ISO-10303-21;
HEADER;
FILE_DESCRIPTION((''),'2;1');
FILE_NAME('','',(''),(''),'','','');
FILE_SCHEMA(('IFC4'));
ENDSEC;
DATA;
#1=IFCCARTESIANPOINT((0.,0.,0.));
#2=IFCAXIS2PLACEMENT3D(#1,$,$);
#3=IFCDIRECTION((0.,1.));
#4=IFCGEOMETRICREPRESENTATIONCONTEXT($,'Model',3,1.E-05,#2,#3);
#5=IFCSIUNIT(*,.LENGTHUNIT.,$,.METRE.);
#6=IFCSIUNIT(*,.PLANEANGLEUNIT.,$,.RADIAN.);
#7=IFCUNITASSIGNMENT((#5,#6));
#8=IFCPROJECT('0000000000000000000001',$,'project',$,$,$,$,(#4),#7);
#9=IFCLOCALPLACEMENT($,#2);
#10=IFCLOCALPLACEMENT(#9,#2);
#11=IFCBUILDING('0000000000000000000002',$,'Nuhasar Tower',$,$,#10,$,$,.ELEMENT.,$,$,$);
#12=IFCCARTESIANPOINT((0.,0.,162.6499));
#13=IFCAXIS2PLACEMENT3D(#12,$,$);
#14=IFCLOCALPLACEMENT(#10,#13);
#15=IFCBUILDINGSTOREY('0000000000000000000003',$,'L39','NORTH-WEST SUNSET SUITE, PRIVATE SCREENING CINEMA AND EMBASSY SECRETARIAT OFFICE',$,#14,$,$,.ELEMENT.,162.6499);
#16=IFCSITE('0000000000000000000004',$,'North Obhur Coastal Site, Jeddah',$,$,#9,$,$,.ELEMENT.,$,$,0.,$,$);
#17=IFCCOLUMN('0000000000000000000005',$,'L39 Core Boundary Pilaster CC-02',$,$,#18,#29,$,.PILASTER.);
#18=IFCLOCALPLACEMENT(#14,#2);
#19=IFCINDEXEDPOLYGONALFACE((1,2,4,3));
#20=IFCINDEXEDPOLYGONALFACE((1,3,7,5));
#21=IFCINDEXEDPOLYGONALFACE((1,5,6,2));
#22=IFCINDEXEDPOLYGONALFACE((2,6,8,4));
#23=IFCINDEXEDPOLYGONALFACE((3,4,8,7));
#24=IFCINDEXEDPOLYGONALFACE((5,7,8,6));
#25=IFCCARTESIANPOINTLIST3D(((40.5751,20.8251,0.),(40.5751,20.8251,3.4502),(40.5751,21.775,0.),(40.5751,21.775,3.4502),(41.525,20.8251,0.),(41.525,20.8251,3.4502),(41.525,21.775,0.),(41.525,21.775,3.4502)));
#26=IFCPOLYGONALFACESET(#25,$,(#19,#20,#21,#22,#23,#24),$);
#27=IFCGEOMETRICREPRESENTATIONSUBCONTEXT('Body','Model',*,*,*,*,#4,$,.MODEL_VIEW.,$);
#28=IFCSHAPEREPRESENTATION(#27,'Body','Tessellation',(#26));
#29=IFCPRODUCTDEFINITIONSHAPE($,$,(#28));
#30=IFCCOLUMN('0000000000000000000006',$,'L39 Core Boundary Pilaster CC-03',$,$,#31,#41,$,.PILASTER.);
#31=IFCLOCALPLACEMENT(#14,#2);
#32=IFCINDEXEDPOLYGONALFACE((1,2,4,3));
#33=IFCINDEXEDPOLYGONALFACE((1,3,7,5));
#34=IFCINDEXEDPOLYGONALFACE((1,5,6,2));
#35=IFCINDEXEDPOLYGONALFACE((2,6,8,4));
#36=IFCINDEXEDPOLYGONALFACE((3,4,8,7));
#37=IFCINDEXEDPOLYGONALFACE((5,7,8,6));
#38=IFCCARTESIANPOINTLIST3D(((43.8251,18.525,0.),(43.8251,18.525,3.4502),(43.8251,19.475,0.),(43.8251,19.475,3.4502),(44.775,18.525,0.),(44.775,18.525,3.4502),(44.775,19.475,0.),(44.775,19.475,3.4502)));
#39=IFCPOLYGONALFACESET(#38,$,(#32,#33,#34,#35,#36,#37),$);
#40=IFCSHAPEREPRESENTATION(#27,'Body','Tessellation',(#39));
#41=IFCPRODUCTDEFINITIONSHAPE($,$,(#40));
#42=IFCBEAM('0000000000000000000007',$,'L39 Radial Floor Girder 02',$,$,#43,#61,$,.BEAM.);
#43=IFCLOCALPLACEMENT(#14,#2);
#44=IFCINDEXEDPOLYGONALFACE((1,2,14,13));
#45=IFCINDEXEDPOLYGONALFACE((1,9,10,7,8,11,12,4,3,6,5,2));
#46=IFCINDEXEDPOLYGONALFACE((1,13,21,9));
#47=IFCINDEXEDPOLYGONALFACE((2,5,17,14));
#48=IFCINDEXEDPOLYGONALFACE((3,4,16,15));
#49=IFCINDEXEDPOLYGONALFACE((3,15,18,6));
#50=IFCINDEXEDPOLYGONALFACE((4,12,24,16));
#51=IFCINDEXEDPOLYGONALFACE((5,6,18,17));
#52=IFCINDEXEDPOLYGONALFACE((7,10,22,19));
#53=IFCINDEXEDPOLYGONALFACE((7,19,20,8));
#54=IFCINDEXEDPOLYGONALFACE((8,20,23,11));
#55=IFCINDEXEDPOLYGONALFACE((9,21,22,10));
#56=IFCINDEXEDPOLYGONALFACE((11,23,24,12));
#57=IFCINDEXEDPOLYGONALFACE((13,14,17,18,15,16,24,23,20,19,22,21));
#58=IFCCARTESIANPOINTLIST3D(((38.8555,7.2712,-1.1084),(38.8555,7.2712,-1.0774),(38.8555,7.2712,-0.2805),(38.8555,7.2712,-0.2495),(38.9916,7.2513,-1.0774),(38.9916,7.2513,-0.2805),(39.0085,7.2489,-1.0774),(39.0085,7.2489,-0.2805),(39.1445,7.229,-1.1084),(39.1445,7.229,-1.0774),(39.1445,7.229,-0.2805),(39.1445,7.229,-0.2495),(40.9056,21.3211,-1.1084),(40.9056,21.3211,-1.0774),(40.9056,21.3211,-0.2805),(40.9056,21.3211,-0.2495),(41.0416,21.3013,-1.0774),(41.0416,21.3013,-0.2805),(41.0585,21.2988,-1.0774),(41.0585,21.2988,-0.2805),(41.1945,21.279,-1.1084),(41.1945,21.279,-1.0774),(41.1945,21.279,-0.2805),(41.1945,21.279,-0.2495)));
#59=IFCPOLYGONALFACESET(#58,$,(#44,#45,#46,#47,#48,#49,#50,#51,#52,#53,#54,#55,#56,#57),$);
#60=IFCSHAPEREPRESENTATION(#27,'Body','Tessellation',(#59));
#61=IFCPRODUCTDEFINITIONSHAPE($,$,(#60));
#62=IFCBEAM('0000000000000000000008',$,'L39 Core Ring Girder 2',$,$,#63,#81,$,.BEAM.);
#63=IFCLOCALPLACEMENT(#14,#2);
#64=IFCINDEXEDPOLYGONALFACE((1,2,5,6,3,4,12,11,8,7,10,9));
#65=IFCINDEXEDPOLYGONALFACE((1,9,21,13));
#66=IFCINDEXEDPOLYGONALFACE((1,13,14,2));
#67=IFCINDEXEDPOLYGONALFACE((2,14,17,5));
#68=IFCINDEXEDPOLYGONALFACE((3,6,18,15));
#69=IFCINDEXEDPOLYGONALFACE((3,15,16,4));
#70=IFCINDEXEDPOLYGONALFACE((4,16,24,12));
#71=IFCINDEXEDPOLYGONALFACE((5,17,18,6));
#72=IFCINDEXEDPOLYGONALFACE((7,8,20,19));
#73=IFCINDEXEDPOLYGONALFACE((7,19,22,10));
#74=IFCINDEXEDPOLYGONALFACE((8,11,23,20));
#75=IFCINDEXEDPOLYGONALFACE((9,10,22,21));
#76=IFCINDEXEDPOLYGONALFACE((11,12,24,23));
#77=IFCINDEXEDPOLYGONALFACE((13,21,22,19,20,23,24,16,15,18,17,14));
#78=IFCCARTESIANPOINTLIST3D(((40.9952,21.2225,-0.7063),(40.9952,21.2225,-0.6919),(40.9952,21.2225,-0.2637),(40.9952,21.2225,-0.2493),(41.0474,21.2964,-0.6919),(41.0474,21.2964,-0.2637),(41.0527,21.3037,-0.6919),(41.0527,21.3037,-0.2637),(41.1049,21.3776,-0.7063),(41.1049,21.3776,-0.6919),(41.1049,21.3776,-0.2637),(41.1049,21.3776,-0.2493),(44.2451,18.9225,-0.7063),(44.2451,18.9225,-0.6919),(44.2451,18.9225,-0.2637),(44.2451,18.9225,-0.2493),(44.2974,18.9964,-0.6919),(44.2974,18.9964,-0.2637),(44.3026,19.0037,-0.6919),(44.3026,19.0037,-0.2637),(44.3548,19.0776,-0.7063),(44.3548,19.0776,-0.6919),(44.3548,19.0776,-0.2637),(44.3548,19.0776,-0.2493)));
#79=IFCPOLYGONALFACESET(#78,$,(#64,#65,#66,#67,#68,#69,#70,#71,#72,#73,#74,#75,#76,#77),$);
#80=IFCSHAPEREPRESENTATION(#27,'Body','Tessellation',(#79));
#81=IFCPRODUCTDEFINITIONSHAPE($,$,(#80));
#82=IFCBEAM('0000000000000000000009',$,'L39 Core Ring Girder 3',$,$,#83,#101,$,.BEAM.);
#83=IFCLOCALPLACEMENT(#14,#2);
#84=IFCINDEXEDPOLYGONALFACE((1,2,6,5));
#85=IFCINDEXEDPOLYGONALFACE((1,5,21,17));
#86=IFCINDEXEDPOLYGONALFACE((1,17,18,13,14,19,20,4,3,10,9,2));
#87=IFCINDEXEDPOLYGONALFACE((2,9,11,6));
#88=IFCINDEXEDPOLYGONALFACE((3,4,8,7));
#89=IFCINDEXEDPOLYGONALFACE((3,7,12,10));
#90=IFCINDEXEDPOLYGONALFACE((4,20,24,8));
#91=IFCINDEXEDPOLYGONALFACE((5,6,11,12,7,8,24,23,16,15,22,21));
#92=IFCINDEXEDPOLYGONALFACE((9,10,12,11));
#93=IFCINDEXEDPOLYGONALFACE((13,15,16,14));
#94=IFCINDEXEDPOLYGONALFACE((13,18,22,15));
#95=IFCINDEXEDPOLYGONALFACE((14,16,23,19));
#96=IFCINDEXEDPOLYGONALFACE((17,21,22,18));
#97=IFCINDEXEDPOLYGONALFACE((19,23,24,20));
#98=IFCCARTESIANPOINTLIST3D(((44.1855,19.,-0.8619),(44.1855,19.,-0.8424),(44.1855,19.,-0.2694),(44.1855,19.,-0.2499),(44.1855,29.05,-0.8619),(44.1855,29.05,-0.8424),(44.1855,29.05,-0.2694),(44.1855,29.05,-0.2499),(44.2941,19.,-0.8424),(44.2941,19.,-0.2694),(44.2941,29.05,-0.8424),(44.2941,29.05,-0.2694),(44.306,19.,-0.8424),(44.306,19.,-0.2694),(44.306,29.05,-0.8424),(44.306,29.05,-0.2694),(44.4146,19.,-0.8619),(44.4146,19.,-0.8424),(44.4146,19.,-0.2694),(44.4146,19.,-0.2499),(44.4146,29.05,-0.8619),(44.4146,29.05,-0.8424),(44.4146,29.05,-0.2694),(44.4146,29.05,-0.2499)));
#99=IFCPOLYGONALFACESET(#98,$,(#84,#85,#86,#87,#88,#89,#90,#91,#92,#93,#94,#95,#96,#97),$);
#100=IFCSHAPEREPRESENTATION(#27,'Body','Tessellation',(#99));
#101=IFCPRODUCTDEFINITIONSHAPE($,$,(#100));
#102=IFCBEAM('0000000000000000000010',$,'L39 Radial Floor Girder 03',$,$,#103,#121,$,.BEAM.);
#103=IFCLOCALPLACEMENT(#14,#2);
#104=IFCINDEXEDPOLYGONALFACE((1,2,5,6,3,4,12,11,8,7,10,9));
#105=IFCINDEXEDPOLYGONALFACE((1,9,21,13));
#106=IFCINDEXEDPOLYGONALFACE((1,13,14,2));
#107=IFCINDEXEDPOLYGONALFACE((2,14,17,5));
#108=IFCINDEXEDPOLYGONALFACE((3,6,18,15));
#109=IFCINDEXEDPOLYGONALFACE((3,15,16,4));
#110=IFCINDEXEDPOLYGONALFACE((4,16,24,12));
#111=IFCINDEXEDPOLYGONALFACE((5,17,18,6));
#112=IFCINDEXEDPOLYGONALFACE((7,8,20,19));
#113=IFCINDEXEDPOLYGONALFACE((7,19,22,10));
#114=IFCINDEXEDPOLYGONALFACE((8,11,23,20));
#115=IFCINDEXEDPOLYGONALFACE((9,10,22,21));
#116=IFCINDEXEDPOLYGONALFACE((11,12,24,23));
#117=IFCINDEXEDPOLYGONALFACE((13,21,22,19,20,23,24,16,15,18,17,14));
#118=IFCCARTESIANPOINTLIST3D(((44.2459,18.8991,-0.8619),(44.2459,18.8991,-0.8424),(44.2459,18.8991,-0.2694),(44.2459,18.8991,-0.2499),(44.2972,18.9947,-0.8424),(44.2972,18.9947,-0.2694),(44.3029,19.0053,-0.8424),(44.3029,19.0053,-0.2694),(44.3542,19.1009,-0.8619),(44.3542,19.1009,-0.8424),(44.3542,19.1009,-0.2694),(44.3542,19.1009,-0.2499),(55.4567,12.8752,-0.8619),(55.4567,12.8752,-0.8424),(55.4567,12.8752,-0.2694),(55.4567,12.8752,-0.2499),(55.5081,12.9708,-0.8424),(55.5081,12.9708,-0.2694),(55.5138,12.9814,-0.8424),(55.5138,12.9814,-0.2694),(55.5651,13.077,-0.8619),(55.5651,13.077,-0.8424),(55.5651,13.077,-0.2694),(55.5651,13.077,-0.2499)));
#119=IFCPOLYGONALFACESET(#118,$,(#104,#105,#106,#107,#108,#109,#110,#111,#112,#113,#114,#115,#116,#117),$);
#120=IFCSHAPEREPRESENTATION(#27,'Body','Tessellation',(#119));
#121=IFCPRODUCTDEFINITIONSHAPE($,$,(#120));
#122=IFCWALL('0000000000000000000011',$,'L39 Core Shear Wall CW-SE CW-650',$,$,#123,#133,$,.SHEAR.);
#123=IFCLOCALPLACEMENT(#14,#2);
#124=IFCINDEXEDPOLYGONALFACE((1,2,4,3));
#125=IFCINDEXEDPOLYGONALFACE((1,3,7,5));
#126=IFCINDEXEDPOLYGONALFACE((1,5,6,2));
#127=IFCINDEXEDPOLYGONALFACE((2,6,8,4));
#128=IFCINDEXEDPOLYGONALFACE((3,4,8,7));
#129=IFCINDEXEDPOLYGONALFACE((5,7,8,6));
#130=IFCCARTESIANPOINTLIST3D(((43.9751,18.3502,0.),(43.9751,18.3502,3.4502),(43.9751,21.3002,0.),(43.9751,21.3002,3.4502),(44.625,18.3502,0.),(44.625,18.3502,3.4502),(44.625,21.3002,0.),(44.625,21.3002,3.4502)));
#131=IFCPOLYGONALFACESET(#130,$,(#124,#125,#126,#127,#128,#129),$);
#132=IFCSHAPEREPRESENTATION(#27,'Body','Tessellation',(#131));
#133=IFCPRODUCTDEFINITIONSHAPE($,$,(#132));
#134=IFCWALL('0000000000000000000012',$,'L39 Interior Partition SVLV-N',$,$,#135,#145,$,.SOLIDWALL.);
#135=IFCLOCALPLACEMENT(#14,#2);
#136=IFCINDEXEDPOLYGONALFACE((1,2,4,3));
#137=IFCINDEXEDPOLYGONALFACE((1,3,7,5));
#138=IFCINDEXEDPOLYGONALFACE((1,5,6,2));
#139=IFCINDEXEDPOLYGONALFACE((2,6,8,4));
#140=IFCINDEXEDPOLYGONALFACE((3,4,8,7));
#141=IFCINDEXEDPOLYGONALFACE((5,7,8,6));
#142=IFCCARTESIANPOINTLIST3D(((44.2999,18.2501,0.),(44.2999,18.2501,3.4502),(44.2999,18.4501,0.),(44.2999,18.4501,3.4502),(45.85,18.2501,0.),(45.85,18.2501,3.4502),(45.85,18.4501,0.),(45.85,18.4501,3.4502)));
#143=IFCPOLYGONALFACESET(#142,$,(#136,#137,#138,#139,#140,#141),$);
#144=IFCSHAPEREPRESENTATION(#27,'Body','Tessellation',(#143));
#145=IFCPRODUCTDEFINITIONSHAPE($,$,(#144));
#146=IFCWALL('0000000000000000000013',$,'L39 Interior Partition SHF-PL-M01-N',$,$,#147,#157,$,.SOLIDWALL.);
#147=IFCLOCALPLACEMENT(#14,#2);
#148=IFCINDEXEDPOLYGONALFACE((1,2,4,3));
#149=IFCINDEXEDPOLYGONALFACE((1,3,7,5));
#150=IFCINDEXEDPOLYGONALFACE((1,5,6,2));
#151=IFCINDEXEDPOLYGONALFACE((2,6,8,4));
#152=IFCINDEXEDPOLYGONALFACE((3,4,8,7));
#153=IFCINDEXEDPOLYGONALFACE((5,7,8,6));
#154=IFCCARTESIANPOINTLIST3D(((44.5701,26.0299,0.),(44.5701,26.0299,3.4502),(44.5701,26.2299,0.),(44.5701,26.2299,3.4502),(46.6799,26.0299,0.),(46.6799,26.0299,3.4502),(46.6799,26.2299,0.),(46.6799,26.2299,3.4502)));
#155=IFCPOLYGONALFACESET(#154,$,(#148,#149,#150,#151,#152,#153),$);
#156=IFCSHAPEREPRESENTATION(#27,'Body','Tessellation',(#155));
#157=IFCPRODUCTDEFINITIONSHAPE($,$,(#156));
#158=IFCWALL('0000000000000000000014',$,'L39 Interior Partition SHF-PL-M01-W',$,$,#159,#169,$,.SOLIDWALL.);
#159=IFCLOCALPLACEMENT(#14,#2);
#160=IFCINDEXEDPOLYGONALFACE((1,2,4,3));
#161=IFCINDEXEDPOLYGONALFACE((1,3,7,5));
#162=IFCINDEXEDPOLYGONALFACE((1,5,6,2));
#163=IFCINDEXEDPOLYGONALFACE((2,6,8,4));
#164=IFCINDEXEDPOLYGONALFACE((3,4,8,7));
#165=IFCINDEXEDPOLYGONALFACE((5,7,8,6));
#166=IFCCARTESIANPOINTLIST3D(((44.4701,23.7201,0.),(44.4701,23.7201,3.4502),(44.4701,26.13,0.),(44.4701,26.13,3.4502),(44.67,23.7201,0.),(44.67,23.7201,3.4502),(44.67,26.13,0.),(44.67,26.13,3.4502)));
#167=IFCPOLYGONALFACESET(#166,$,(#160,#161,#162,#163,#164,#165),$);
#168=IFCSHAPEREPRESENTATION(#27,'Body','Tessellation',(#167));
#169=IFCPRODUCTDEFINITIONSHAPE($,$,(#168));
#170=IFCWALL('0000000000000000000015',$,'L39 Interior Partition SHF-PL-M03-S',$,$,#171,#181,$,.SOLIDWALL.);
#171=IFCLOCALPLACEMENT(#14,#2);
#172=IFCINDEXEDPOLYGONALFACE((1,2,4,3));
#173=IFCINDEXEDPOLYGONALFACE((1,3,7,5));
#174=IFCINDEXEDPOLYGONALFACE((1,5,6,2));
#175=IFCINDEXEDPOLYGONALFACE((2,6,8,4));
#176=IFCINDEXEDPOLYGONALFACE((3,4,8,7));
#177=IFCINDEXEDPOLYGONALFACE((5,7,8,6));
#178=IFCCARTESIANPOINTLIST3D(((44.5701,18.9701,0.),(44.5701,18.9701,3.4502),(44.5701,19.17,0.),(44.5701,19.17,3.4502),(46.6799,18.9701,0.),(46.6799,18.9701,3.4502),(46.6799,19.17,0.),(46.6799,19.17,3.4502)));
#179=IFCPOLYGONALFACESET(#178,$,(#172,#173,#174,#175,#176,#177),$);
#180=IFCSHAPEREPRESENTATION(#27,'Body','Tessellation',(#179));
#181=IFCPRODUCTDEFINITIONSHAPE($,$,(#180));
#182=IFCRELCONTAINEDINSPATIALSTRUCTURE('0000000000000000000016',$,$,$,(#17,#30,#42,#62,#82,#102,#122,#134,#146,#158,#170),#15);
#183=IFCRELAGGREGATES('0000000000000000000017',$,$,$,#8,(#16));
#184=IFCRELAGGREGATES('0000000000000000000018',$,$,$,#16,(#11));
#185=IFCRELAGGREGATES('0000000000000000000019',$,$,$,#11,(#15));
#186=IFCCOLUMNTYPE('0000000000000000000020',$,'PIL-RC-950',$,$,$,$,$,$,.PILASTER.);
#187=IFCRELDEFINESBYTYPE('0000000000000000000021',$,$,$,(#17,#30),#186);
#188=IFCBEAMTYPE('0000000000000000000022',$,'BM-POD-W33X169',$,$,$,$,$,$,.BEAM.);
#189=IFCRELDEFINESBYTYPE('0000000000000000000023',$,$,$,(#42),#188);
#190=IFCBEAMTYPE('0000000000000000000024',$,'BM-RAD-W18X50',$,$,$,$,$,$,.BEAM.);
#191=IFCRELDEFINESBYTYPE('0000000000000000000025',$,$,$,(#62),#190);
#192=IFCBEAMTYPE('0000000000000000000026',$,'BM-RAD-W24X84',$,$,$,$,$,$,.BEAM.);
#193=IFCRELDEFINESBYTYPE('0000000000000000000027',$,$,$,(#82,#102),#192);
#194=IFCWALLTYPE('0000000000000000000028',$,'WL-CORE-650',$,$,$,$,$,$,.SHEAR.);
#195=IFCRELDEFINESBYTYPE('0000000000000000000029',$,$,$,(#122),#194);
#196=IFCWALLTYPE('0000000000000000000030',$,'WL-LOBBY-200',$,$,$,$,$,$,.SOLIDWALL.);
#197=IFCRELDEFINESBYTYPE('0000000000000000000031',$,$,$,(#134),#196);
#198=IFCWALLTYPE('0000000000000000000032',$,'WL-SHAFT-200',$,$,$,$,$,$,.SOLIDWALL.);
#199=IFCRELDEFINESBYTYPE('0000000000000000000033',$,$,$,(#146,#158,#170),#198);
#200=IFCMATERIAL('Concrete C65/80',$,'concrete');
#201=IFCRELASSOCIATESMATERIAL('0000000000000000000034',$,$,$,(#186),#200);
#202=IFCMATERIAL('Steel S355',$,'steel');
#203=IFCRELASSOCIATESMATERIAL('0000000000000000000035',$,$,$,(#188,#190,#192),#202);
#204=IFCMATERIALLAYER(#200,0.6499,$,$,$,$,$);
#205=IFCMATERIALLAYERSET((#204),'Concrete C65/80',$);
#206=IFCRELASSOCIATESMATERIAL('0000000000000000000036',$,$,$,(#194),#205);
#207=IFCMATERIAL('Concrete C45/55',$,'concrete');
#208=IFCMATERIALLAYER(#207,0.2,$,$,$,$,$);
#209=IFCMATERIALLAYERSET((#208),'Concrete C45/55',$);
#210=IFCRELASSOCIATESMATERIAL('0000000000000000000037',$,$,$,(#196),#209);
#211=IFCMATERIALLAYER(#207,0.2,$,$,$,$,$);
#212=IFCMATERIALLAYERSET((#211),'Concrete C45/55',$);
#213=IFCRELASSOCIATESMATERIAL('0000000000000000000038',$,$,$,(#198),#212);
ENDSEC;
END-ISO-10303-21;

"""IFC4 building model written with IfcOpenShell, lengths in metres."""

from ifc_helpers import new_model, si_unit, direction, frame, frame_2d, origin, origin_2d, place, context, subcontext, project, spatial, rectangle, i_section, extrude, material, layer, layer_set, material_profile, profile_set, type_object, element, save


model = new_model("IFC4")

# Units and contexts
model_context = context("Model", 3, precision=1e-05, world=origin(), true_north=direction((0.0, 1.0)))
body_context = subcontext(model_context, "Body", "Model", "MODEL_VIEW")
ifc_project = project(units=[si_unit("LENGTHUNIT", "METRE"), si_unit("PLANEANGLEUNIT", "RADIAN")], contexts=[model_context])

# Site, building, storey
site_placement = place(None, origin())
site = spatial("IfcSite", under=ifc_project, at=site_placement, Name="North Obhur Coastal Site, Jeddah", CompositionType="ELEMENT", RefElevation=0.0)
building_placement = place(site_placement, origin())
building = spatial("IfcBuilding", under=site, at=building_placement, Name="Nuhasar Tower", CompositionType="ELEMENT")
storey_placement = place(building_placement, frame((0.0, 0.0, 162.6499)))
storey = spatial("IfcBuildingStorey", under=building, at=storey_placement, Name="L39", Description="NORTH-WEST SUNSET SUITE, PRIVATE SCREENING CINEMA AND EMBASSY SECRETARIAT OFFICE", CompositionType="ELEMENT", Elevation=162.6499)

# Columns
ifc_material_1 = material(Name="Concrete C65/80", Category="concrete")
ifc_material_profile_1 = material_profile(ifc_material_1, rectangle(XDim=0.95, YDim=0.95, at=origin_2d()), Name="RC950X950")
ifc_profile_set_1 = profile_set([ifc_material_profile_1], Name="Concrete C65/80")
column_type = type_object("IfcColumnType", Name="PIL-RC-950", PredefinedType="PILASTER", material=ifc_profile_set_1)
for number, where, z_axis, x_axis, name in (
    (1, (41.05, 21.3, 0.0), (0.0, 0.0, 1.0), (1.0, 0.0, 0.0), "L39 Core Boundary Pilaster CC-02"),
    (2, (44.3, 19.0, 0.0), (0.0, 0.0, 1.0), (1.0, 0.0, 0.0), "L39 Core Boundary Pilaster CC-03"),
):
    element("IfcColumn", number, at=place(storey_placement, frame(where, z_axis=z_axis, x_axis=x_axis)), inside=storey, type_object=column_type, Name=name, PredefinedType="PILASTER", context=body_context, shape_type="SweptSolid", body=[
        extrude(rectangle(XDim=0.95, YDim=0.95, at=origin_2d()), origin(), (0.0, 0.0, 1.0), 3.4502),
    ])

# Beams
ifc_material_2 = material(Name="Steel S355", Category="steel")
ifc_material_profile_2 = material_profile(ifc_material_2, i_section(OverallWidth=0.292, OverallDepth=0.8589, WebThickness=0.0171, FlangeThickness=0.031, at=origin_2d()), Name="W33X169")
ifc_profile_set_2 = profile_set([ifc_material_profile_2], Name="Steel S355")
beam_type_1 = type_object("IfcBeamType", Name="BM-POD-W33X169", PredefinedType="BEAM", material=ifc_profile_set_2)
beam_1_placement = place(storey_placement, frame((41.05, 21.3, -0.679), z_axis=(-0.144382, -0.989522, 0.0), x_axis=(0.989522, -0.144382, 0.0)))
element("IfcBeam", 3, at=beam_1_placement, inside=storey, type_object=beam_type_1, Name="L39 Radial Floor Girder 02", PredefinedType="BEAM", context=body_context, shape_type="SweptSolid", body=[
    extrude(i_section(OverallWidth=0.292, OverallDepth=0.8589, WebThickness=0.0171, FlangeThickness=0.031, at=origin_2d()), origin(), (0.0, 0.0, 1.0), 14.1987),
])
ifc_material_profile_3 = material_profile(ifc_material_2, i_section(OverallWidth=0.1899, OverallDepth=0.457, WebThickness=0.009, FlangeThickness=0.0144, at=origin_2d()), Name="W18X50")
ifc_profile_set_3 = profile_set([ifc_material_profile_3], Name="Steel S355")
beam_type_2 = type_object("IfcBeamType", Name="BM-RAD-W18X50", PredefinedType="BEAM", material=ifc_profile_set_3)
beam_2_placement = place(storey_placement, frame((41.05, 21.3, -0.4778), z_axis=(0.816265, -0.577677, 0.0), x_axis=(0.577677, 0.816265, 0.0)))
element("IfcBeam", 4, at=beam_2_placement, inside=storey, type_object=beam_type_2, Name="L39 Core Ring Girder 2", PredefinedType="BEAM", context=body_context, shape_type="SweptSolid", body=[
    extrude(i_section(OverallWidth=0.1899, OverallDepth=0.457, WebThickness=0.009, FlangeThickness=0.0144, at=origin_2d()), origin(), (0.0, 0.0, 1.0), 3.9814),
])
ifc_material_profile_4 = material_profile(ifc_material_2, i_section(OverallWidth=0.229, OverallDepth=0.6121, WebThickness=0.012, FlangeThickness=0.0195, at=origin_2d()), Name="W24X84")
ifc_profile_set_4 = profile_set([ifc_material_profile_4], Name="Steel S355")
beam_type_3 = type_object("IfcBeamType", Name="BM-RAD-W24X84", PredefinedType="BEAM", material=ifc_profile_set_4)
beam_3_placement = place(storey_placement, frame((44.3, 19.0, -0.5559), z_axis=(0.0, 1.0, 0.0), x_axis=(-1.0, 0.0, 0.0)))
element("IfcBeam", 5, at=beam_3_placement, inside=storey, type_object=beam_type_3, Name="L39 Core Ring Girder 3", PredefinedType="BEAM", context=body_context, shape_type="SweptSolid", body=[
    extrude(i_section(OverallWidth=0.229, OverallDepth=0.6121, WebThickness=0.012, FlangeThickness=0.0195, at=origin_2d()), origin(), (0.0, 0.0, 1.0), 10.05),
])
beam_4_placement = place(storey_placement, frame((44.3, 19.0, -0.5559), z_axis=(0.880888, -0.473324, 0.0), x_axis=(0.473324, 0.880888, 0.0)))
element("IfcBeam", 6, at=beam_4_placement, inside=storey, type_object=beam_type_3, Name="L39 Radial Floor Girder 03", PredefinedType="BEAM", context=body_context, shape_type="SweptSolid", body=[
    extrude(i_section(OverallWidth=0.229, OverallDepth=0.6121, WebThickness=0.012, FlangeThickness=0.0195, at=origin_2d()), origin(), (0.0, 0.0, 1.0), 12.7268),
])

# Wall
ifc_layer_1 = layer(ifc_material_1, 0.6499)
ifc_layer_set_1 = layer_set([ifc_layer_1], Name="Concrete C65/80")
wall_type_1 = type_object("IfcWallType", Name="WL-CORE-650", PredefinedType="SHEAR", material=ifc_layer_set_1)
wall_1_placement = place(storey_placement, frame((44.3, 18.3501, 0.0), z_axis=(0.0, 0.0, 1.0), x_axis=(0.0, 1.0, 0.0)))
element("IfcWall", 7, at=wall_1_placement, inside=storey, type_object=wall_type_1, Name="L39 Core Shear Wall CW-SE CW-650", PredefinedType="SHEAR", context=body_context, shape_type="SweptSolid", body=[
    extrude(rectangle(XDim=2.95, YDim=0.6499, at=frame_2d((1.4751, 0.0))), origin(), (0.0, 0.0, 1.0), 3.4502),
])

# Shared definitions
ifc_material_3 = material(Name="Concrete C45/55", Category="concrete")
ifc_layer_2 = layer(ifc_material_3, 0.2)
ifc_layer_set_2 = layer_set([ifc_layer_2], Name="Concrete C45/55")
wall_type_2 = type_object("IfcWallType", Name="WL-LOBBY-200", PredefinedType="SOLIDWALL", material=ifc_layer_set_2)

# Wall
wall_2_placement = place(storey_placement, frame((44.3, 18.3501, 0.0), z_axis=(0.0, 0.0, 1.0), x_axis=(1.0, 0.0, 0.0)))
element("IfcWall", 8, at=wall_2_placement, inside=storey, type_object=wall_type_2, Name="L39 Interior Partition SVLV-N", PredefinedType="SOLIDWALL", context=body_context, shape_type="SweptSolid", body=[
    extrude(rectangle(XDim=1.55, YDim=0.2, at=frame_2d((0.7749, 0.0))), origin(), (0.0, 0.0, 1.0), 3.4502),
])

# Shared definitions
ifc_layer_3 = layer(ifc_material_3, 0.2)
ifc_layer_set_3 = layer_set([ifc_layer_3], Name="Concrete C45/55")
wall_type_3 = type_object("IfcWallType", Name="WL-SHAFT-200", PredefinedType="SOLIDWALL", material=ifc_layer_set_3)

# Walls
wall_3_placement = place(storey_placement, frame((44.5701, 26.1299, 0.0), z_axis=(0.0, 0.0, 1.0), x_axis=(1.0, 0.0, 0.0)))
element("IfcWall", 9, at=wall_3_placement, inside=storey, type_object=wall_type_3, Name="L39 Interior Partition SHF-PL-M01-N", PredefinedType="SOLIDWALL", context=body_context, shape_type="SweptSolid", body=[
    extrude(rectangle(XDim=2.1099, YDim=0.2, at=frame_2d((1.0549, 0.0))), origin(), (0.0, 0.0, 1.0), 3.4502),
])
wall_4_placement = place(storey_placement, frame((44.5701, 23.72, 0.0), z_axis=(0.0, 0.0, 1.0), x_axis=(0.0, 1.0, 0.0)))
element("IfcWall", 10, at=wall_4_placement, inside=storey, type_object=wall_type_3, Name="L39 Interior Partition SHF-PL-M01-W", PredefinedType="SOLIDWALL", context=body_context, shape_type="SweptSolid", body=[
    extrude(rectangle(XDim=2.4099, YDim=0.2, at=frame_2d((1.2051, 0.0))), origin(), (0.0, 0.0, 1.0), 3.4502),
])
wall_5_placement = place(storey_placement, frame((44.5701, 19.0701, 0.0), z_axis=(0.0, 0.0, 1.0), x_axis=(1.0, 0.0, 0.0)))
element("IfcWall", 11, at=wall_5_placement, inside=storey, type_object=wall_type_3, Name="L39 Interior Partition SHF-PL-M03-S", PredefinedType="SOLIDWALL", context=body_context, shape_type="SweptSolid", body=[
    extrude(rectangle(XDim=2.1099, YDim=0.2, at=frame_2d((1.0549, 0.0))), origin(), (0.0, 0.0, 1.0), 3.4502),
])

save(model, "model.ifc")
